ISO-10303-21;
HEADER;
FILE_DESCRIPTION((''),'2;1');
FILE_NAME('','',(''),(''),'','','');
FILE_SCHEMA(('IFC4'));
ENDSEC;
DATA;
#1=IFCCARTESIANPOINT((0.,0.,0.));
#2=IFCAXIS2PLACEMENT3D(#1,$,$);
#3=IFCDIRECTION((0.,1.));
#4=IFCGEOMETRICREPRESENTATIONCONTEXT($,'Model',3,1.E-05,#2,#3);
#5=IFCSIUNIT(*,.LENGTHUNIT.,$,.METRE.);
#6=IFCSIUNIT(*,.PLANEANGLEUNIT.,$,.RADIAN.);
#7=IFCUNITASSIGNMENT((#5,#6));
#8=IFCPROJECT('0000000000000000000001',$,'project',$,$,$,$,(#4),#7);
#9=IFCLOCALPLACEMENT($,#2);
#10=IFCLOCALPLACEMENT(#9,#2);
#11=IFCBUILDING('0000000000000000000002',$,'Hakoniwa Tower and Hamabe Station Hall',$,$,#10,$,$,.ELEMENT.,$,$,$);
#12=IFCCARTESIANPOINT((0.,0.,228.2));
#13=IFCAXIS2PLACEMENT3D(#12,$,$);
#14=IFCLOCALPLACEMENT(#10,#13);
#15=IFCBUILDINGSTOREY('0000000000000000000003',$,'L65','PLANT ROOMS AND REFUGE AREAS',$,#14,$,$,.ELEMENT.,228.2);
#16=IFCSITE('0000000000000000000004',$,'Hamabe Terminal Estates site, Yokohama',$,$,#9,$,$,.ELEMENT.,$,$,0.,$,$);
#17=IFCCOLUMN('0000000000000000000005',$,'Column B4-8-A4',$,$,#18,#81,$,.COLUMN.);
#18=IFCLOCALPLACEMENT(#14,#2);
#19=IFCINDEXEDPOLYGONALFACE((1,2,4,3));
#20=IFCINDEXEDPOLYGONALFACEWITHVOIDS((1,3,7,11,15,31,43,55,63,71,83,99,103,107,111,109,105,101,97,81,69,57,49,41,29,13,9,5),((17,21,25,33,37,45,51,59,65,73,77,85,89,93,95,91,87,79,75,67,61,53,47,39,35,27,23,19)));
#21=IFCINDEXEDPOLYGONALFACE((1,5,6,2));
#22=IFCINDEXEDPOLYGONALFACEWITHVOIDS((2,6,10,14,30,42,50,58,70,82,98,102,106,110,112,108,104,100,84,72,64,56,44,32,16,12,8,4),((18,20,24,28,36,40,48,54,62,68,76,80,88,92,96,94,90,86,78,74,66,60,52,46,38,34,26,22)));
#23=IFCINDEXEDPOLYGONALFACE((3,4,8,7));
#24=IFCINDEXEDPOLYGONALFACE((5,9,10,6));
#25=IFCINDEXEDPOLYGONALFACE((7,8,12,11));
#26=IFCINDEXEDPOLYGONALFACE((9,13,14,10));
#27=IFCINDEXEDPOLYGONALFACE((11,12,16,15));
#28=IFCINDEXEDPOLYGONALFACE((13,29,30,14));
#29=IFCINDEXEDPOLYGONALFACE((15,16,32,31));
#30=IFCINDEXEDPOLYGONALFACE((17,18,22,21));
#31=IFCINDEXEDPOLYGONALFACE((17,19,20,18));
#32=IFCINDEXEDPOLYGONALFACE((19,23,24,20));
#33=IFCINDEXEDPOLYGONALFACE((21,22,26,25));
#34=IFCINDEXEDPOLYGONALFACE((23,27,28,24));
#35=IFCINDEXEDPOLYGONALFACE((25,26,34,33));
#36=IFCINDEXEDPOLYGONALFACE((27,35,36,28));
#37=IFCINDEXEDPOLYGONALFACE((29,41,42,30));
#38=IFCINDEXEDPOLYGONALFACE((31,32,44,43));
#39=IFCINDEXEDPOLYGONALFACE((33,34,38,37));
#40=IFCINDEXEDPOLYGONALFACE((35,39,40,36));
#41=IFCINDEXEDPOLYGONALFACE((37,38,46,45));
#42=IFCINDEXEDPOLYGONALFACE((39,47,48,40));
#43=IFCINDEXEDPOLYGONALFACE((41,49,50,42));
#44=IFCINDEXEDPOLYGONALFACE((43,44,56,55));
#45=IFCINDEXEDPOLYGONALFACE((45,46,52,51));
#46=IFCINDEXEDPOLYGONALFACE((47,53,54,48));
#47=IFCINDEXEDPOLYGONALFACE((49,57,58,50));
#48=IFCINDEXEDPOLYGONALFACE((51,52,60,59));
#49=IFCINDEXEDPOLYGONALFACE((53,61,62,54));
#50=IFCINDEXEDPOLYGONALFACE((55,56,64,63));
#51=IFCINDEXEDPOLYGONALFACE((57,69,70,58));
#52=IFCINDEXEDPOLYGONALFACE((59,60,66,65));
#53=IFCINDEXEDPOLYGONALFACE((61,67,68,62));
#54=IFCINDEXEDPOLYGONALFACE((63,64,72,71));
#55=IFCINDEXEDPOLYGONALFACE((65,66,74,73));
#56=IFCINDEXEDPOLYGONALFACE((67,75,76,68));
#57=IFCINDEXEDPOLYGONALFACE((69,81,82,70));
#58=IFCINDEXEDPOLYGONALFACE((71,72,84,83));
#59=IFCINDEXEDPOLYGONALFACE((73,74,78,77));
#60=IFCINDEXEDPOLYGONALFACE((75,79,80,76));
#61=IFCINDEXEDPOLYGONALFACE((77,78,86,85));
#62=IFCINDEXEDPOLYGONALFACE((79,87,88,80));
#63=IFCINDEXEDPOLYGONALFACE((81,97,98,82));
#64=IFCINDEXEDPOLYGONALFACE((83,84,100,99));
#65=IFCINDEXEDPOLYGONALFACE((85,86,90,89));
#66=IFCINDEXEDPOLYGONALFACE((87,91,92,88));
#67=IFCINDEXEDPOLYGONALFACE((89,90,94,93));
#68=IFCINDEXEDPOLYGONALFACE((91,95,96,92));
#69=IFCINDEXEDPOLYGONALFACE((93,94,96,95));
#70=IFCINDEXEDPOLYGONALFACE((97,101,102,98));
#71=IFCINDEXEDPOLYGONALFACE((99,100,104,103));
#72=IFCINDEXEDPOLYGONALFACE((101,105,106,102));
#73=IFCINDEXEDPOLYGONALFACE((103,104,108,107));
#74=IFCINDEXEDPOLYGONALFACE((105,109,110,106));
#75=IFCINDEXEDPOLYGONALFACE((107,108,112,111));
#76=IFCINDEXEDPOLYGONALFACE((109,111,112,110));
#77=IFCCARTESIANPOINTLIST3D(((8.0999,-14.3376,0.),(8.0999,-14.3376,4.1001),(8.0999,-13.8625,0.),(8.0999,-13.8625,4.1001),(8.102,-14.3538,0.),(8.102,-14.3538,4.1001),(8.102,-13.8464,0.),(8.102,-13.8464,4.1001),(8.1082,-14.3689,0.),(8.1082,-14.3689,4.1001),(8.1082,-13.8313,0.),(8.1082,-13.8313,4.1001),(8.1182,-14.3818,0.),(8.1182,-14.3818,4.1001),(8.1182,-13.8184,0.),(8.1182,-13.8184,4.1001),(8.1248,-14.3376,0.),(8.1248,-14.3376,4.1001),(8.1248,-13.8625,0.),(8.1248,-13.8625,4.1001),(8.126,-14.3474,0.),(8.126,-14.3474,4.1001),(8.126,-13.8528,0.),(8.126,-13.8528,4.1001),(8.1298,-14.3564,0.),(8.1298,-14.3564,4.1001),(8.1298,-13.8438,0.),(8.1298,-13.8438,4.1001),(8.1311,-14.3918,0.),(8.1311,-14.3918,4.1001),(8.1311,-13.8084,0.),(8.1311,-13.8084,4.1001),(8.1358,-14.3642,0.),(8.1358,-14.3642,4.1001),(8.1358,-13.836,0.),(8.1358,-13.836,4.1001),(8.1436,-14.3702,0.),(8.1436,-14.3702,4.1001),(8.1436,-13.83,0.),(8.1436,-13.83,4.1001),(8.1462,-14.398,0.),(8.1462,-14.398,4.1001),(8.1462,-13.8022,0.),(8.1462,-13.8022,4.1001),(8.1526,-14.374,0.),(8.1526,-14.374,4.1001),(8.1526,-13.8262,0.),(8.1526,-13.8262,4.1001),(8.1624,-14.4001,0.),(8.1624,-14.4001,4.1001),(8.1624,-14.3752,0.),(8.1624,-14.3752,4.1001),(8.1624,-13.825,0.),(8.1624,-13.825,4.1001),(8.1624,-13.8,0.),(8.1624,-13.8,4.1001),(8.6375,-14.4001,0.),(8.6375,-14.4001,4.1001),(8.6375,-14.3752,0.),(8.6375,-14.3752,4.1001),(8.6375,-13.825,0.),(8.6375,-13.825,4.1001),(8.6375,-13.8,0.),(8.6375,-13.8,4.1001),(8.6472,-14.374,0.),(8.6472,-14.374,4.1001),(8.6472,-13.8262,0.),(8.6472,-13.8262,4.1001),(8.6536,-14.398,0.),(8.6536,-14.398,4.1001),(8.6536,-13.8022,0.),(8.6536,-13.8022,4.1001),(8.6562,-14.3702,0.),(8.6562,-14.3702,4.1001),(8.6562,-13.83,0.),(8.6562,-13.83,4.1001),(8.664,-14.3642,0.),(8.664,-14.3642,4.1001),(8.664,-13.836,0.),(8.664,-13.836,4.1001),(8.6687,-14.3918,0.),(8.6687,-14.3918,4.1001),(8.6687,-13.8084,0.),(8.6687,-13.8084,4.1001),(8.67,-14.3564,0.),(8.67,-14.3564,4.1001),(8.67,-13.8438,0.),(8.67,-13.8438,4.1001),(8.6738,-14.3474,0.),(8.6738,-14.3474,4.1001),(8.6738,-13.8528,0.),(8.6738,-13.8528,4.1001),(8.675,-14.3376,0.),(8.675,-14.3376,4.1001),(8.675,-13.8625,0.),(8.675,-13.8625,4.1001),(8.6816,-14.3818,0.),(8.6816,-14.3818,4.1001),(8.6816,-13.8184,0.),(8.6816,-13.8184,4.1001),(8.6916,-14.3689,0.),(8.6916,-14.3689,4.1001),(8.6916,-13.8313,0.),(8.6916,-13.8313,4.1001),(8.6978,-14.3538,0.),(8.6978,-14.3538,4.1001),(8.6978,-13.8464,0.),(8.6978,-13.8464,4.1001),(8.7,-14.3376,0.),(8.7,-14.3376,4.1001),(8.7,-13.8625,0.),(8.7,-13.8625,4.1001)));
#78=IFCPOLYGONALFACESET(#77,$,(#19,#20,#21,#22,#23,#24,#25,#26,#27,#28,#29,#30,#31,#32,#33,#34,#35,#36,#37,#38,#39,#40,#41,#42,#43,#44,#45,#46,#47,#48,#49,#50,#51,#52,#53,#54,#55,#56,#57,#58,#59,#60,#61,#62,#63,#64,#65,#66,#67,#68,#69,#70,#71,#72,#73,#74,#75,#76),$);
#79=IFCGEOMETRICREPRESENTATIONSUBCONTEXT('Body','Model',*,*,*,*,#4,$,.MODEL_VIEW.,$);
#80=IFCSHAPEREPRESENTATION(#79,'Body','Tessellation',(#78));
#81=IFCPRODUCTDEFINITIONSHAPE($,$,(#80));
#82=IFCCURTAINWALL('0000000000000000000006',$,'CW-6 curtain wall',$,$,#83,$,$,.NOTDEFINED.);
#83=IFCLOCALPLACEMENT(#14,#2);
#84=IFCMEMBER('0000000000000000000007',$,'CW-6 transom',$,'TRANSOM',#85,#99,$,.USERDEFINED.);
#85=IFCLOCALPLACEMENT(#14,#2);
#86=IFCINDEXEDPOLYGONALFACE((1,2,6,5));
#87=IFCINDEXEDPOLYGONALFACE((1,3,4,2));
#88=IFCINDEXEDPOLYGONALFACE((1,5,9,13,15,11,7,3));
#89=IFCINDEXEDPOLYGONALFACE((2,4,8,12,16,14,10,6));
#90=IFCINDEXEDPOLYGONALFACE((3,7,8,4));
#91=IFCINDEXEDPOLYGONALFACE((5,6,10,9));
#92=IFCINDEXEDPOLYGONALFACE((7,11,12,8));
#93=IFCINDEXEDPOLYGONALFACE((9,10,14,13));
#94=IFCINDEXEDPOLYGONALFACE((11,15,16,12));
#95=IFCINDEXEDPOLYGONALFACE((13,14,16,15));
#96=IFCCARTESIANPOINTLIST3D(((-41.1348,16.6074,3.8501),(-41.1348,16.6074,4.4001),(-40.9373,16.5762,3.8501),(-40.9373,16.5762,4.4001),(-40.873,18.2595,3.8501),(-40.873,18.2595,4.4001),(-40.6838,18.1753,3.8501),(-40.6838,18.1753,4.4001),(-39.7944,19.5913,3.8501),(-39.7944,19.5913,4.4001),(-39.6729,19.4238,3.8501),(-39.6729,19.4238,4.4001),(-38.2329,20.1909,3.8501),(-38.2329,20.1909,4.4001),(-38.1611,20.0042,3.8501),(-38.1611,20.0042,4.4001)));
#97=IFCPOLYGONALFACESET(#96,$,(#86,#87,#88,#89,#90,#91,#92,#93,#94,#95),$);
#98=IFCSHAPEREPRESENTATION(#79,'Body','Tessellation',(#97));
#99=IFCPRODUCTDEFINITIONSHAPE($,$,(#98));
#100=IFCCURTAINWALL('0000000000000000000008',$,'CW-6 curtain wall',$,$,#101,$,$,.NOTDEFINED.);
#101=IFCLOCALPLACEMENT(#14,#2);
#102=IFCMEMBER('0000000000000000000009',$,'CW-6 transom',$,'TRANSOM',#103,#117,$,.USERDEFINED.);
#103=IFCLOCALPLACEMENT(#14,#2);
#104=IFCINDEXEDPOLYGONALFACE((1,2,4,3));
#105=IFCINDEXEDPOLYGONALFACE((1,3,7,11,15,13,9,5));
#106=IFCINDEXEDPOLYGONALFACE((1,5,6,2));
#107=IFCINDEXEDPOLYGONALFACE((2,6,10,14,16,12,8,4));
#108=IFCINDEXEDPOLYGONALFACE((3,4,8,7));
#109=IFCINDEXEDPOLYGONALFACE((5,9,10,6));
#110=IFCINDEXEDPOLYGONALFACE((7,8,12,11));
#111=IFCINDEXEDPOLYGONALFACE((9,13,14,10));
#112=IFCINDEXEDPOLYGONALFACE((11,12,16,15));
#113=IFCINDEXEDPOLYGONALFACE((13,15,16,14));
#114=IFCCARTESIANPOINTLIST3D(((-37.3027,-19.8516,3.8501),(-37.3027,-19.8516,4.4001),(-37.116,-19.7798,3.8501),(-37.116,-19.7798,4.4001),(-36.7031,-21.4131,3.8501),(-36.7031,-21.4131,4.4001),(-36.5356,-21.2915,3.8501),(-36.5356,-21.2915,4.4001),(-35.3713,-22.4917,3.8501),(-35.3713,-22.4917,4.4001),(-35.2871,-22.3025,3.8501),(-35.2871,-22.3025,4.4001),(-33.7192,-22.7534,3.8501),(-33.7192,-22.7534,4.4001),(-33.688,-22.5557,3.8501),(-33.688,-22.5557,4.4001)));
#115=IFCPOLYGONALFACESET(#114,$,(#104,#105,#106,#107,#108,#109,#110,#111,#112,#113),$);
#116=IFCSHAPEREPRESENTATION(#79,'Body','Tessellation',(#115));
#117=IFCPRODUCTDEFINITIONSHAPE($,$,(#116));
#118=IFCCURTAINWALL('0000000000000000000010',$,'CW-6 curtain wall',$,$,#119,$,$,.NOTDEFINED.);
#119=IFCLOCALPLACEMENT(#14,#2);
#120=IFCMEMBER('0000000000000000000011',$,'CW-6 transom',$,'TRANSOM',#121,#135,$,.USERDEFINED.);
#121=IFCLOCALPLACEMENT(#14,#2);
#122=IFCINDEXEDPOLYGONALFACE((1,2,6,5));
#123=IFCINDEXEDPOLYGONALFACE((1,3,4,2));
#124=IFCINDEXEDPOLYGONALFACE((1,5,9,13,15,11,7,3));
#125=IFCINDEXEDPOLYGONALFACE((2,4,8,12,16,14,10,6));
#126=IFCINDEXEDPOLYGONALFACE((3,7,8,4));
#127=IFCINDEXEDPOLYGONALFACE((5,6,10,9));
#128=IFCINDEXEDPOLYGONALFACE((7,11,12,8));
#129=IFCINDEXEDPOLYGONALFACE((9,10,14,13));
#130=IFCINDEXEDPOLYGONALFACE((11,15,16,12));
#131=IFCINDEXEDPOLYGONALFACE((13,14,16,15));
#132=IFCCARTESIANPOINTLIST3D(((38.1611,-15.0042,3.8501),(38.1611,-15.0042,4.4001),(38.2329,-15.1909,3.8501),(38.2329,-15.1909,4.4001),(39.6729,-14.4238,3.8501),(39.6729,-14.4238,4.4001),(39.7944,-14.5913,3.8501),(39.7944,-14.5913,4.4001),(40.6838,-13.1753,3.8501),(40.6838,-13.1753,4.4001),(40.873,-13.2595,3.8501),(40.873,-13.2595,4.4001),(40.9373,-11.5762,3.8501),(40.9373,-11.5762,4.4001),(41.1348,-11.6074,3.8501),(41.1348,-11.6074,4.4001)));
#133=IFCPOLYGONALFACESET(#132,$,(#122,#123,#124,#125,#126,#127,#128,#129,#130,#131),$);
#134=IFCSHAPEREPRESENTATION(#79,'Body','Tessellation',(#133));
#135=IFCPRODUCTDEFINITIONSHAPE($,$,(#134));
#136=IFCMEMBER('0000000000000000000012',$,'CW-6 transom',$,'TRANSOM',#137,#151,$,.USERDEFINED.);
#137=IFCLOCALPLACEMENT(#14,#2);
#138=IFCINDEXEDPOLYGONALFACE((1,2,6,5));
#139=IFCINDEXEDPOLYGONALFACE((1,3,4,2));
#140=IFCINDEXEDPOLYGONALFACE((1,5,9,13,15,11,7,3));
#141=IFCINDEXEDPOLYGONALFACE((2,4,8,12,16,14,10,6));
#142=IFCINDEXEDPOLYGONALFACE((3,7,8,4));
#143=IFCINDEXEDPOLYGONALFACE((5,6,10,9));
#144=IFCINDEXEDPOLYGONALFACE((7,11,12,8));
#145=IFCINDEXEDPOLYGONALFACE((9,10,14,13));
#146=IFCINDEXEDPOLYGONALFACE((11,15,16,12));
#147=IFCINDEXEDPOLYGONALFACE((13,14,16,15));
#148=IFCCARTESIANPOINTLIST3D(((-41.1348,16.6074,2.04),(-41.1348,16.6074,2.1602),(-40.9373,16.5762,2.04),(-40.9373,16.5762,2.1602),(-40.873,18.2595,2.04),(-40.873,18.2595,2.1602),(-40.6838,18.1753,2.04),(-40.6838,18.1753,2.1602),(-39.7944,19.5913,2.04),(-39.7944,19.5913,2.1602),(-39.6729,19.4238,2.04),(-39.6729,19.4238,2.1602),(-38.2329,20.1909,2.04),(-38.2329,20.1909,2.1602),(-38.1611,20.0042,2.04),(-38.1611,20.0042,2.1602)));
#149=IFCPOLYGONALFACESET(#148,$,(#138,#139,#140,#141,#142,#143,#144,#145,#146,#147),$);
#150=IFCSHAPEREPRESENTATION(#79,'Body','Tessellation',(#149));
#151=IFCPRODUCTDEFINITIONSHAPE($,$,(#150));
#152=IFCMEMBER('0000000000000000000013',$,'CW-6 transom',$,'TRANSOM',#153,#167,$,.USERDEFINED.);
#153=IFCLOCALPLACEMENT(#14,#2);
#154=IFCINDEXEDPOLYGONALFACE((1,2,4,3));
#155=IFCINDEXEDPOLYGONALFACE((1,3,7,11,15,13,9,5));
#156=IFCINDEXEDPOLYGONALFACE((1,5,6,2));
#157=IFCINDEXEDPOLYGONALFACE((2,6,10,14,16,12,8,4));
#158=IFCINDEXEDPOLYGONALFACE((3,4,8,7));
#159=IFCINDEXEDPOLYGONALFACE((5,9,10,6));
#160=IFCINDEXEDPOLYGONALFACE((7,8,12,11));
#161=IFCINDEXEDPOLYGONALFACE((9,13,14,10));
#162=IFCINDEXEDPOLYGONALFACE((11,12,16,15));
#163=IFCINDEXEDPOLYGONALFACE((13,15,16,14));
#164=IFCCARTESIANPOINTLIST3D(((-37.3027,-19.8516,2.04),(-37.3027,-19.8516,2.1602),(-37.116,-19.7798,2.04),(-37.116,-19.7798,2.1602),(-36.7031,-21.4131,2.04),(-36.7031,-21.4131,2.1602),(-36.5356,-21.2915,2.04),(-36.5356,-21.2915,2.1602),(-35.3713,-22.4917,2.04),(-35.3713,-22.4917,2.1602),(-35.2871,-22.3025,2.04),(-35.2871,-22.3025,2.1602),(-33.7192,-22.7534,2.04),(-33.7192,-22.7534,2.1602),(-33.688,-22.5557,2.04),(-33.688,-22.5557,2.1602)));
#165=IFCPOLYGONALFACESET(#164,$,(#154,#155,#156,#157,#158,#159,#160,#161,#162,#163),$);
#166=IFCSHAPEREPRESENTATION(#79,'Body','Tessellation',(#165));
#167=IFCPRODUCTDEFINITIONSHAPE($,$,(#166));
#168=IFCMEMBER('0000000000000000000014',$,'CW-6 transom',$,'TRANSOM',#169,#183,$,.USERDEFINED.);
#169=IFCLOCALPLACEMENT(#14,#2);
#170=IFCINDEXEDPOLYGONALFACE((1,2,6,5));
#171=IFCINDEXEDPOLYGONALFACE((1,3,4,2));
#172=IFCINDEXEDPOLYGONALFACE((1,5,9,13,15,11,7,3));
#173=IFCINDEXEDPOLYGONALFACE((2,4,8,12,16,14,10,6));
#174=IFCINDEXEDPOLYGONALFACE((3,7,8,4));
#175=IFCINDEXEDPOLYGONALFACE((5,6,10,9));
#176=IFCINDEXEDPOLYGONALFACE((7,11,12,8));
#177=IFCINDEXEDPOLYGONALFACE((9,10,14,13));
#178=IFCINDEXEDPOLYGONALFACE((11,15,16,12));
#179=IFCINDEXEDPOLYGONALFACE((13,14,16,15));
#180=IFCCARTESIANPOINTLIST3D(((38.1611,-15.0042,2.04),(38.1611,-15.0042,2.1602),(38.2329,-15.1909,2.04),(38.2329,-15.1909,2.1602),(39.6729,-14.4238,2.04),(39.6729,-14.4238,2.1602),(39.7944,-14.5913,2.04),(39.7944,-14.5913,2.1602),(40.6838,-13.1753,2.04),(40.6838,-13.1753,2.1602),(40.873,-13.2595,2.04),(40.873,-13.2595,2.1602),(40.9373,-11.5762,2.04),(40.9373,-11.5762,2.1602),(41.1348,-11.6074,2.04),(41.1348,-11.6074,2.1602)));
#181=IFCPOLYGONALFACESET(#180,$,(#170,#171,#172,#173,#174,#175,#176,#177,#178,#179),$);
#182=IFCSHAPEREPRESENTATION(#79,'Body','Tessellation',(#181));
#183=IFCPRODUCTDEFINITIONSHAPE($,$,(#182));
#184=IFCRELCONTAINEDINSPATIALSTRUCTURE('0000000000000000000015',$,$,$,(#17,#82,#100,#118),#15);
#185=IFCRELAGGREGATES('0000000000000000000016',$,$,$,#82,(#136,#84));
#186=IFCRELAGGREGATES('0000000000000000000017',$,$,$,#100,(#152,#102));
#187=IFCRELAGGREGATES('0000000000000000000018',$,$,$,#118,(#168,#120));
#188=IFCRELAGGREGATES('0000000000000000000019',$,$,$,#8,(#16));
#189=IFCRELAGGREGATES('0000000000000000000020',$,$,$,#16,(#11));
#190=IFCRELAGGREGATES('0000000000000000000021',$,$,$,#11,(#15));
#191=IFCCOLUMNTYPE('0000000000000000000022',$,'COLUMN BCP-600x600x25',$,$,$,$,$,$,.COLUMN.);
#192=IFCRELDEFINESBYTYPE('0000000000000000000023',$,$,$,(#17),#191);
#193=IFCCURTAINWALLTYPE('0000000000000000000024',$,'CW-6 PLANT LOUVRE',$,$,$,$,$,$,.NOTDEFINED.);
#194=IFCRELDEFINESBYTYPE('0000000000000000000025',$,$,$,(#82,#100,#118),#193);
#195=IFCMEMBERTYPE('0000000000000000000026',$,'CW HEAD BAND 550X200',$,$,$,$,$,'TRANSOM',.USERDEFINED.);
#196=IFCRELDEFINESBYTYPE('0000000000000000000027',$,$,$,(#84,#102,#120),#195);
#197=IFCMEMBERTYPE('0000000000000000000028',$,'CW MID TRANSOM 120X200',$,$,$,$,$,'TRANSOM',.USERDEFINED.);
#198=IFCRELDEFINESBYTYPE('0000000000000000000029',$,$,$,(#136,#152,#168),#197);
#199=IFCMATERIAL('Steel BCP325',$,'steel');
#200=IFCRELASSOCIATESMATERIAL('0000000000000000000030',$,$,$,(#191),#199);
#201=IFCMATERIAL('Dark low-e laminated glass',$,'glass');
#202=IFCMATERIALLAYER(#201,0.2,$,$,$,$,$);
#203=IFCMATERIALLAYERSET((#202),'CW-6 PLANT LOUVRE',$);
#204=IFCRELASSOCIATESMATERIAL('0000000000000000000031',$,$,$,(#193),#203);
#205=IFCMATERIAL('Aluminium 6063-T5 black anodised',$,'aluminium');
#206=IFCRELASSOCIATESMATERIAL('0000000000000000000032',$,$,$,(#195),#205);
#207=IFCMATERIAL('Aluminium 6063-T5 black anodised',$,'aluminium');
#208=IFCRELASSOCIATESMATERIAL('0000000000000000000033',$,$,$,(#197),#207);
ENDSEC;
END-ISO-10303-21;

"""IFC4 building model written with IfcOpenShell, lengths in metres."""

from ifc_helpers import new_model, si_unit, direction, frame, origin, origin_2d, place, context, subcontext, project, spatial, polyline, rectangle, hollow_rectangle, outline, extrude, material, layer, layer_set, material_profile, profile_set, type_object, element, aggregate, save


model = new_model("IFC4")

# Units and contexts
model_context = context("Model", 3, precision=1e-05, world=origin(), true_north=direction((0.0, 1.0)))
body_context = subcontext(model_context, "Body", "Model", "MODEL_VIEW")
ifc_project = project(units=[si_unit("LENGTHUNIT", "METRE"), si_unit("PLANEANGLEUNIT", "RADIAN")], contexts=[model_context])

# Site, building, storey
site_placement = place(None, origin())
site = spatial("IfcSite", under=ifc_project, at=site_placement, Name="Hamabe Terminal Estates site, Yokohama", CompositionType="ELEMENT", RefElevation=0.0)
building_placement = place(site_placement, origin())
building = spatial("IfcBuilding", under=site, at=building_placement, Name="Hakoniwa Tower and Hamabe Station Hall", CompositionType="ELEMENT")
storey_placement = place(building_placement, frame((0.0, 0.0, 228.2)))
storey = spatial("IfcBuildingStorey", under=building, at=storey_placement, Name="L65", Description="PLANT ROOMS AND REFUGE AREAS", CompositionType="ELEMENT", Elevation=228.2)

# Column
ifc_material_1 = material(Name="Steel BCP325", Category="steel")
ifc_material_profile_1 = material_profile(ifc_material_1, hollow_rectangle(XDim=0.6001, YDim=0.6001, WallThickness=0.0249, InnerFilletRadius=0.0376, OuterFilletRadius=0.0625, at=origin_2d()), Name="BCP-600x600x25")
ifc_profile_set_1 = profile_set([ifc_material_profile_1], Name="Steel BCP325")
column_type = type_object("IfcColumnType", Name="COLUMN BCP-600x600x25", PredefinedType="COLUMN", material=ifc_profile_set_1)
column_placement = place(storey_placement, frame((8.3999, -14.1001, 0.0), z_axis=(0.0, 0.0, 1.0), x_axis=(1.0, 0.0, 0.0)))
element("IfcColumn", 1, at=column_placement, inside=storey, type_object=column_type, Name="Column B4-8-A4", PredefinedType="COLUMN", context=body_context, shape_type="SweptSolid", body=[
    extrude(hollow_rectangle(XDim=0.6001, YDim=0.6001, WallThickness=0.0249, InnerFilletRadius=0.0376, OuterFilletRadius=0.0625, at=origin_2d()), origin(), (0.0, 0.0, 1.0), 4.1001),
])

# Curtain walls, members
ifc_material_2 = material(Name="Dark low-e laminated glass", Category="glass")
ifc_layer_1 = layer(ifc_material_2, 0.2)
ifc_layer_set_1 = layer_set([ifc_layer_1], Name="CW-6 PLANT LOUVRE")
curtain_wall_type = type_object("IfcCurtainWallType", Name="CW-6 PLANT LOUVRE", PredefinedType="NOTDEFINED", material=ifc_layer_set_1)
curtain_wall_1_placement = place(storey_placement, origin())
curtain_wall_1 = element("IfcCurtainWall", 2, at=curtain_wall_1_placement, inside=storey, type_object=curtain_wall_type, Name="CW-6 curtain wall", PredefinedType="NOTDEFINED")
ifc_material_3 = material(Name="Aluminium 6063-T5 black anodised", Category="aluminium")
ifc_material_profile_2 = material_profile(ifc_material_3, rectangle(XDim=0.2, YDim=0.55, at=origin_2d()), Name="CW HEAD BAND 550X200")
ifc_profile_set_2 = profile_set([ifc_material_profile_2], Name="Aluminium 6063-T5 black anodised")
member_type_1 = type_object("IfcMemberType", Name="CW HEAD BAND 550X200", ElementType="TRANSOM", PredefinedType="USERDEFINED", material=ifc_profile_set_2)
member_1_placement = place(storey_placement, frame((0.0, 0.0, 3.8501)))
member_1 = element("IfcMember", 3, at=member_1_placement, type_object=member_type_1, Name="CW-6 transom", ObjectType="TRANSOM", PredefinedType="USERDEFINED", context=body_context, shape_type="SweptSolid", body=[
    extrude(outline(polyline([(-38.2329, 20.1909), (-39.7944, 19.5913), (-40.873, 18.2595), (-41.1348, 16.6074), (-40.9373, 16.5762), (-40.6838, 18.1753), (-39.6729, 19.4238), (-38.1611, 20.0042), (-38.2329, 20.1909)])), origin(), (0.0, 0.0, 1.0), 0.55),
])
curtain_wall_2_placement = place(storey_placement, origin())
curtain_wall_2 = element("IfcCurtainWall", 4, at=curtain_wall_2_placement, inside=storey, type_object=curtain_wall_type, Name="CW-6 curtain wall", PredefinedType="NOTDEFINED")
member_2_placement = place(storey_placement, frame((0.0, 0.0, 3.8501)))
member_2 = element("IfcMember", 5, at=member_2_placement, type_object=member_type_1, Name="CW-6 transom", ObjectType="TRANSOM", PredefinedType="USERDEFINED", context=body_context, shape_type="SweptSolid", body=[
    extrude(outline(polyline([(-37.3027, -19.8516), (-36.7031, -21.4131), (-35.3713, -22.4917), (-33.7192, -22.7534), (-33.688, -22.5557), (-35.2871, -22.3025), (-36.5356, -21.2915), (-37.116, -19.7798), (-37.3027, -19.8516)])), origin(), (0.0, 0.0, 1.0), 0.55),
])
curtain_wall_3_placement = place(storey_placement, origin())
curtain_wall_3 = element("IfcCurtainWall", 6, at=curtain_wall_3_placement, inside=storey, type_object=curtain_wall_type, Name="CW-6 curtain wall", PredefinedType="NOTDEFINED")
member_3_placement = place(storey_placement, frame((0.0, 0.0, 3.8501)))
member_3 = element("IfcMember", 7, at=member_3_placement, type_object=member_type_1, Name="CW-6 transom", ObjectType="TRANSOM", PredefinedType="USERDEFINED", context=body_context, shape_type="SweptSolid", body=[
    extrude(outline(polyline([(38.2329, -15.1909), (39.7944, -14.5913), (40.873, -13.2595), (41.1348, -11.6074), (40.9373, -11.5762), (40.6838, -13.1753), (39.6729, -14.4238), (38.1611, -15.0042), (38.2329, -15.1909)])), origin(), (0.0, 0.0, 1.0), 0.55),
])

# Members
ifc_material_4 = material(Name="Aluminium 6063-T5 black anodised", Category="aluminium")
ifc_material_profile_3 = material_profile(ifc_material_4, rectangle(XDim=0.2, YDim=0.1201, at=origin_2d()), Name="CW MID TRANSOM 120X200")
ifc_profile_set_3 = profile_set([ifc_material_profile_3], Name="Aluminium 6063-T5 black anodised")
member_type_2 = type_object("IfcMemberType", Name="CW MID TRANSOM 120X200", ElementType="TRANSOM", PredefinedType="USERDEFINED", material=ifc_profile_set_3)
member_4_placement = place(storey_placement, frame((0.0, 0.0, 2.04)))
member_4 = element("IfcMember", 8, at=member_4_placement, type_object=member_type_2, Name="CW-6 transom", ObjectType="TRANSOM", PredefinedType="USERDEFINED", context=body_context, shape_type="SweptSolid", body=[
    extrude(outline(polyline([(-38.2329, 20.1909), (-39.7944, 19.5913), (-40.873, 18.2595), (-41.1348, 16.6074), (-40.9373, 16.5762), (-40.6838, 18.1753), (-39.6729, 19.4238), (-38.1611, 20.0042), (-38.2329, 20.1909)])), origin(), (0.0, 0.0, 1.0), 0.1201),
])
member_5_placement = place(storey_placement, frame((0.0, 0.0, 2.04)))
member_5 = element("IfcMember", 9, at=member_5_placement, type_object=member_type_2, Name="CW-6 transom", ObjectType="TRANSOM", PredefinedType="USERDEFINED", context=body_context, shape_type="SweptSolid", body=[
    extrude(outline(polyline([(-37.3027, -19.8516), (-36.7031, -21.4131), (-35.3713, -22.4917), (-33.7192, -22.7534), (-33.688, -22.5557), (-35.2871, -22.3025), (-36.5356, -21.2915), (-37.116, -19.7798), (-37.3027, -19.8516)])), origin(), (0.0, 0.0, 1.0), 0.1201),
])
member_6_placement = place(storey_placement, frame((0.0, 0.0, 2.04)))
member_6 = element("IfcMember", 10, at=member_6_placement, type_object=member_type_2, Name="CW-6 transom", ObjectType="TRANSOM", PredefinedType="USERDEFINED", context=body_context, shape_type="SweptSolid", body=[
    extrude(outline(polyline([(38.2329, -15.1909), (39.7944, -14.5913), (40.873, -13.2595), (41.1348, -11.6074), (40.9373, -11.5762), (40.6838, -13.1753), (39.6729, -14.4238), (38.1611, -15.0042), (38.2329, -15.1909)])), origin(), (0.0, 0.0, 1.0), 0.1201),
])

aggregate(curtain_wall_1, [member_4, member_1])
aggregate(curtain_wall_2, [member_5, member_2])
aggregate(curtain_wall_3, [member_6, member_3])

save(model, "model.ifc")
